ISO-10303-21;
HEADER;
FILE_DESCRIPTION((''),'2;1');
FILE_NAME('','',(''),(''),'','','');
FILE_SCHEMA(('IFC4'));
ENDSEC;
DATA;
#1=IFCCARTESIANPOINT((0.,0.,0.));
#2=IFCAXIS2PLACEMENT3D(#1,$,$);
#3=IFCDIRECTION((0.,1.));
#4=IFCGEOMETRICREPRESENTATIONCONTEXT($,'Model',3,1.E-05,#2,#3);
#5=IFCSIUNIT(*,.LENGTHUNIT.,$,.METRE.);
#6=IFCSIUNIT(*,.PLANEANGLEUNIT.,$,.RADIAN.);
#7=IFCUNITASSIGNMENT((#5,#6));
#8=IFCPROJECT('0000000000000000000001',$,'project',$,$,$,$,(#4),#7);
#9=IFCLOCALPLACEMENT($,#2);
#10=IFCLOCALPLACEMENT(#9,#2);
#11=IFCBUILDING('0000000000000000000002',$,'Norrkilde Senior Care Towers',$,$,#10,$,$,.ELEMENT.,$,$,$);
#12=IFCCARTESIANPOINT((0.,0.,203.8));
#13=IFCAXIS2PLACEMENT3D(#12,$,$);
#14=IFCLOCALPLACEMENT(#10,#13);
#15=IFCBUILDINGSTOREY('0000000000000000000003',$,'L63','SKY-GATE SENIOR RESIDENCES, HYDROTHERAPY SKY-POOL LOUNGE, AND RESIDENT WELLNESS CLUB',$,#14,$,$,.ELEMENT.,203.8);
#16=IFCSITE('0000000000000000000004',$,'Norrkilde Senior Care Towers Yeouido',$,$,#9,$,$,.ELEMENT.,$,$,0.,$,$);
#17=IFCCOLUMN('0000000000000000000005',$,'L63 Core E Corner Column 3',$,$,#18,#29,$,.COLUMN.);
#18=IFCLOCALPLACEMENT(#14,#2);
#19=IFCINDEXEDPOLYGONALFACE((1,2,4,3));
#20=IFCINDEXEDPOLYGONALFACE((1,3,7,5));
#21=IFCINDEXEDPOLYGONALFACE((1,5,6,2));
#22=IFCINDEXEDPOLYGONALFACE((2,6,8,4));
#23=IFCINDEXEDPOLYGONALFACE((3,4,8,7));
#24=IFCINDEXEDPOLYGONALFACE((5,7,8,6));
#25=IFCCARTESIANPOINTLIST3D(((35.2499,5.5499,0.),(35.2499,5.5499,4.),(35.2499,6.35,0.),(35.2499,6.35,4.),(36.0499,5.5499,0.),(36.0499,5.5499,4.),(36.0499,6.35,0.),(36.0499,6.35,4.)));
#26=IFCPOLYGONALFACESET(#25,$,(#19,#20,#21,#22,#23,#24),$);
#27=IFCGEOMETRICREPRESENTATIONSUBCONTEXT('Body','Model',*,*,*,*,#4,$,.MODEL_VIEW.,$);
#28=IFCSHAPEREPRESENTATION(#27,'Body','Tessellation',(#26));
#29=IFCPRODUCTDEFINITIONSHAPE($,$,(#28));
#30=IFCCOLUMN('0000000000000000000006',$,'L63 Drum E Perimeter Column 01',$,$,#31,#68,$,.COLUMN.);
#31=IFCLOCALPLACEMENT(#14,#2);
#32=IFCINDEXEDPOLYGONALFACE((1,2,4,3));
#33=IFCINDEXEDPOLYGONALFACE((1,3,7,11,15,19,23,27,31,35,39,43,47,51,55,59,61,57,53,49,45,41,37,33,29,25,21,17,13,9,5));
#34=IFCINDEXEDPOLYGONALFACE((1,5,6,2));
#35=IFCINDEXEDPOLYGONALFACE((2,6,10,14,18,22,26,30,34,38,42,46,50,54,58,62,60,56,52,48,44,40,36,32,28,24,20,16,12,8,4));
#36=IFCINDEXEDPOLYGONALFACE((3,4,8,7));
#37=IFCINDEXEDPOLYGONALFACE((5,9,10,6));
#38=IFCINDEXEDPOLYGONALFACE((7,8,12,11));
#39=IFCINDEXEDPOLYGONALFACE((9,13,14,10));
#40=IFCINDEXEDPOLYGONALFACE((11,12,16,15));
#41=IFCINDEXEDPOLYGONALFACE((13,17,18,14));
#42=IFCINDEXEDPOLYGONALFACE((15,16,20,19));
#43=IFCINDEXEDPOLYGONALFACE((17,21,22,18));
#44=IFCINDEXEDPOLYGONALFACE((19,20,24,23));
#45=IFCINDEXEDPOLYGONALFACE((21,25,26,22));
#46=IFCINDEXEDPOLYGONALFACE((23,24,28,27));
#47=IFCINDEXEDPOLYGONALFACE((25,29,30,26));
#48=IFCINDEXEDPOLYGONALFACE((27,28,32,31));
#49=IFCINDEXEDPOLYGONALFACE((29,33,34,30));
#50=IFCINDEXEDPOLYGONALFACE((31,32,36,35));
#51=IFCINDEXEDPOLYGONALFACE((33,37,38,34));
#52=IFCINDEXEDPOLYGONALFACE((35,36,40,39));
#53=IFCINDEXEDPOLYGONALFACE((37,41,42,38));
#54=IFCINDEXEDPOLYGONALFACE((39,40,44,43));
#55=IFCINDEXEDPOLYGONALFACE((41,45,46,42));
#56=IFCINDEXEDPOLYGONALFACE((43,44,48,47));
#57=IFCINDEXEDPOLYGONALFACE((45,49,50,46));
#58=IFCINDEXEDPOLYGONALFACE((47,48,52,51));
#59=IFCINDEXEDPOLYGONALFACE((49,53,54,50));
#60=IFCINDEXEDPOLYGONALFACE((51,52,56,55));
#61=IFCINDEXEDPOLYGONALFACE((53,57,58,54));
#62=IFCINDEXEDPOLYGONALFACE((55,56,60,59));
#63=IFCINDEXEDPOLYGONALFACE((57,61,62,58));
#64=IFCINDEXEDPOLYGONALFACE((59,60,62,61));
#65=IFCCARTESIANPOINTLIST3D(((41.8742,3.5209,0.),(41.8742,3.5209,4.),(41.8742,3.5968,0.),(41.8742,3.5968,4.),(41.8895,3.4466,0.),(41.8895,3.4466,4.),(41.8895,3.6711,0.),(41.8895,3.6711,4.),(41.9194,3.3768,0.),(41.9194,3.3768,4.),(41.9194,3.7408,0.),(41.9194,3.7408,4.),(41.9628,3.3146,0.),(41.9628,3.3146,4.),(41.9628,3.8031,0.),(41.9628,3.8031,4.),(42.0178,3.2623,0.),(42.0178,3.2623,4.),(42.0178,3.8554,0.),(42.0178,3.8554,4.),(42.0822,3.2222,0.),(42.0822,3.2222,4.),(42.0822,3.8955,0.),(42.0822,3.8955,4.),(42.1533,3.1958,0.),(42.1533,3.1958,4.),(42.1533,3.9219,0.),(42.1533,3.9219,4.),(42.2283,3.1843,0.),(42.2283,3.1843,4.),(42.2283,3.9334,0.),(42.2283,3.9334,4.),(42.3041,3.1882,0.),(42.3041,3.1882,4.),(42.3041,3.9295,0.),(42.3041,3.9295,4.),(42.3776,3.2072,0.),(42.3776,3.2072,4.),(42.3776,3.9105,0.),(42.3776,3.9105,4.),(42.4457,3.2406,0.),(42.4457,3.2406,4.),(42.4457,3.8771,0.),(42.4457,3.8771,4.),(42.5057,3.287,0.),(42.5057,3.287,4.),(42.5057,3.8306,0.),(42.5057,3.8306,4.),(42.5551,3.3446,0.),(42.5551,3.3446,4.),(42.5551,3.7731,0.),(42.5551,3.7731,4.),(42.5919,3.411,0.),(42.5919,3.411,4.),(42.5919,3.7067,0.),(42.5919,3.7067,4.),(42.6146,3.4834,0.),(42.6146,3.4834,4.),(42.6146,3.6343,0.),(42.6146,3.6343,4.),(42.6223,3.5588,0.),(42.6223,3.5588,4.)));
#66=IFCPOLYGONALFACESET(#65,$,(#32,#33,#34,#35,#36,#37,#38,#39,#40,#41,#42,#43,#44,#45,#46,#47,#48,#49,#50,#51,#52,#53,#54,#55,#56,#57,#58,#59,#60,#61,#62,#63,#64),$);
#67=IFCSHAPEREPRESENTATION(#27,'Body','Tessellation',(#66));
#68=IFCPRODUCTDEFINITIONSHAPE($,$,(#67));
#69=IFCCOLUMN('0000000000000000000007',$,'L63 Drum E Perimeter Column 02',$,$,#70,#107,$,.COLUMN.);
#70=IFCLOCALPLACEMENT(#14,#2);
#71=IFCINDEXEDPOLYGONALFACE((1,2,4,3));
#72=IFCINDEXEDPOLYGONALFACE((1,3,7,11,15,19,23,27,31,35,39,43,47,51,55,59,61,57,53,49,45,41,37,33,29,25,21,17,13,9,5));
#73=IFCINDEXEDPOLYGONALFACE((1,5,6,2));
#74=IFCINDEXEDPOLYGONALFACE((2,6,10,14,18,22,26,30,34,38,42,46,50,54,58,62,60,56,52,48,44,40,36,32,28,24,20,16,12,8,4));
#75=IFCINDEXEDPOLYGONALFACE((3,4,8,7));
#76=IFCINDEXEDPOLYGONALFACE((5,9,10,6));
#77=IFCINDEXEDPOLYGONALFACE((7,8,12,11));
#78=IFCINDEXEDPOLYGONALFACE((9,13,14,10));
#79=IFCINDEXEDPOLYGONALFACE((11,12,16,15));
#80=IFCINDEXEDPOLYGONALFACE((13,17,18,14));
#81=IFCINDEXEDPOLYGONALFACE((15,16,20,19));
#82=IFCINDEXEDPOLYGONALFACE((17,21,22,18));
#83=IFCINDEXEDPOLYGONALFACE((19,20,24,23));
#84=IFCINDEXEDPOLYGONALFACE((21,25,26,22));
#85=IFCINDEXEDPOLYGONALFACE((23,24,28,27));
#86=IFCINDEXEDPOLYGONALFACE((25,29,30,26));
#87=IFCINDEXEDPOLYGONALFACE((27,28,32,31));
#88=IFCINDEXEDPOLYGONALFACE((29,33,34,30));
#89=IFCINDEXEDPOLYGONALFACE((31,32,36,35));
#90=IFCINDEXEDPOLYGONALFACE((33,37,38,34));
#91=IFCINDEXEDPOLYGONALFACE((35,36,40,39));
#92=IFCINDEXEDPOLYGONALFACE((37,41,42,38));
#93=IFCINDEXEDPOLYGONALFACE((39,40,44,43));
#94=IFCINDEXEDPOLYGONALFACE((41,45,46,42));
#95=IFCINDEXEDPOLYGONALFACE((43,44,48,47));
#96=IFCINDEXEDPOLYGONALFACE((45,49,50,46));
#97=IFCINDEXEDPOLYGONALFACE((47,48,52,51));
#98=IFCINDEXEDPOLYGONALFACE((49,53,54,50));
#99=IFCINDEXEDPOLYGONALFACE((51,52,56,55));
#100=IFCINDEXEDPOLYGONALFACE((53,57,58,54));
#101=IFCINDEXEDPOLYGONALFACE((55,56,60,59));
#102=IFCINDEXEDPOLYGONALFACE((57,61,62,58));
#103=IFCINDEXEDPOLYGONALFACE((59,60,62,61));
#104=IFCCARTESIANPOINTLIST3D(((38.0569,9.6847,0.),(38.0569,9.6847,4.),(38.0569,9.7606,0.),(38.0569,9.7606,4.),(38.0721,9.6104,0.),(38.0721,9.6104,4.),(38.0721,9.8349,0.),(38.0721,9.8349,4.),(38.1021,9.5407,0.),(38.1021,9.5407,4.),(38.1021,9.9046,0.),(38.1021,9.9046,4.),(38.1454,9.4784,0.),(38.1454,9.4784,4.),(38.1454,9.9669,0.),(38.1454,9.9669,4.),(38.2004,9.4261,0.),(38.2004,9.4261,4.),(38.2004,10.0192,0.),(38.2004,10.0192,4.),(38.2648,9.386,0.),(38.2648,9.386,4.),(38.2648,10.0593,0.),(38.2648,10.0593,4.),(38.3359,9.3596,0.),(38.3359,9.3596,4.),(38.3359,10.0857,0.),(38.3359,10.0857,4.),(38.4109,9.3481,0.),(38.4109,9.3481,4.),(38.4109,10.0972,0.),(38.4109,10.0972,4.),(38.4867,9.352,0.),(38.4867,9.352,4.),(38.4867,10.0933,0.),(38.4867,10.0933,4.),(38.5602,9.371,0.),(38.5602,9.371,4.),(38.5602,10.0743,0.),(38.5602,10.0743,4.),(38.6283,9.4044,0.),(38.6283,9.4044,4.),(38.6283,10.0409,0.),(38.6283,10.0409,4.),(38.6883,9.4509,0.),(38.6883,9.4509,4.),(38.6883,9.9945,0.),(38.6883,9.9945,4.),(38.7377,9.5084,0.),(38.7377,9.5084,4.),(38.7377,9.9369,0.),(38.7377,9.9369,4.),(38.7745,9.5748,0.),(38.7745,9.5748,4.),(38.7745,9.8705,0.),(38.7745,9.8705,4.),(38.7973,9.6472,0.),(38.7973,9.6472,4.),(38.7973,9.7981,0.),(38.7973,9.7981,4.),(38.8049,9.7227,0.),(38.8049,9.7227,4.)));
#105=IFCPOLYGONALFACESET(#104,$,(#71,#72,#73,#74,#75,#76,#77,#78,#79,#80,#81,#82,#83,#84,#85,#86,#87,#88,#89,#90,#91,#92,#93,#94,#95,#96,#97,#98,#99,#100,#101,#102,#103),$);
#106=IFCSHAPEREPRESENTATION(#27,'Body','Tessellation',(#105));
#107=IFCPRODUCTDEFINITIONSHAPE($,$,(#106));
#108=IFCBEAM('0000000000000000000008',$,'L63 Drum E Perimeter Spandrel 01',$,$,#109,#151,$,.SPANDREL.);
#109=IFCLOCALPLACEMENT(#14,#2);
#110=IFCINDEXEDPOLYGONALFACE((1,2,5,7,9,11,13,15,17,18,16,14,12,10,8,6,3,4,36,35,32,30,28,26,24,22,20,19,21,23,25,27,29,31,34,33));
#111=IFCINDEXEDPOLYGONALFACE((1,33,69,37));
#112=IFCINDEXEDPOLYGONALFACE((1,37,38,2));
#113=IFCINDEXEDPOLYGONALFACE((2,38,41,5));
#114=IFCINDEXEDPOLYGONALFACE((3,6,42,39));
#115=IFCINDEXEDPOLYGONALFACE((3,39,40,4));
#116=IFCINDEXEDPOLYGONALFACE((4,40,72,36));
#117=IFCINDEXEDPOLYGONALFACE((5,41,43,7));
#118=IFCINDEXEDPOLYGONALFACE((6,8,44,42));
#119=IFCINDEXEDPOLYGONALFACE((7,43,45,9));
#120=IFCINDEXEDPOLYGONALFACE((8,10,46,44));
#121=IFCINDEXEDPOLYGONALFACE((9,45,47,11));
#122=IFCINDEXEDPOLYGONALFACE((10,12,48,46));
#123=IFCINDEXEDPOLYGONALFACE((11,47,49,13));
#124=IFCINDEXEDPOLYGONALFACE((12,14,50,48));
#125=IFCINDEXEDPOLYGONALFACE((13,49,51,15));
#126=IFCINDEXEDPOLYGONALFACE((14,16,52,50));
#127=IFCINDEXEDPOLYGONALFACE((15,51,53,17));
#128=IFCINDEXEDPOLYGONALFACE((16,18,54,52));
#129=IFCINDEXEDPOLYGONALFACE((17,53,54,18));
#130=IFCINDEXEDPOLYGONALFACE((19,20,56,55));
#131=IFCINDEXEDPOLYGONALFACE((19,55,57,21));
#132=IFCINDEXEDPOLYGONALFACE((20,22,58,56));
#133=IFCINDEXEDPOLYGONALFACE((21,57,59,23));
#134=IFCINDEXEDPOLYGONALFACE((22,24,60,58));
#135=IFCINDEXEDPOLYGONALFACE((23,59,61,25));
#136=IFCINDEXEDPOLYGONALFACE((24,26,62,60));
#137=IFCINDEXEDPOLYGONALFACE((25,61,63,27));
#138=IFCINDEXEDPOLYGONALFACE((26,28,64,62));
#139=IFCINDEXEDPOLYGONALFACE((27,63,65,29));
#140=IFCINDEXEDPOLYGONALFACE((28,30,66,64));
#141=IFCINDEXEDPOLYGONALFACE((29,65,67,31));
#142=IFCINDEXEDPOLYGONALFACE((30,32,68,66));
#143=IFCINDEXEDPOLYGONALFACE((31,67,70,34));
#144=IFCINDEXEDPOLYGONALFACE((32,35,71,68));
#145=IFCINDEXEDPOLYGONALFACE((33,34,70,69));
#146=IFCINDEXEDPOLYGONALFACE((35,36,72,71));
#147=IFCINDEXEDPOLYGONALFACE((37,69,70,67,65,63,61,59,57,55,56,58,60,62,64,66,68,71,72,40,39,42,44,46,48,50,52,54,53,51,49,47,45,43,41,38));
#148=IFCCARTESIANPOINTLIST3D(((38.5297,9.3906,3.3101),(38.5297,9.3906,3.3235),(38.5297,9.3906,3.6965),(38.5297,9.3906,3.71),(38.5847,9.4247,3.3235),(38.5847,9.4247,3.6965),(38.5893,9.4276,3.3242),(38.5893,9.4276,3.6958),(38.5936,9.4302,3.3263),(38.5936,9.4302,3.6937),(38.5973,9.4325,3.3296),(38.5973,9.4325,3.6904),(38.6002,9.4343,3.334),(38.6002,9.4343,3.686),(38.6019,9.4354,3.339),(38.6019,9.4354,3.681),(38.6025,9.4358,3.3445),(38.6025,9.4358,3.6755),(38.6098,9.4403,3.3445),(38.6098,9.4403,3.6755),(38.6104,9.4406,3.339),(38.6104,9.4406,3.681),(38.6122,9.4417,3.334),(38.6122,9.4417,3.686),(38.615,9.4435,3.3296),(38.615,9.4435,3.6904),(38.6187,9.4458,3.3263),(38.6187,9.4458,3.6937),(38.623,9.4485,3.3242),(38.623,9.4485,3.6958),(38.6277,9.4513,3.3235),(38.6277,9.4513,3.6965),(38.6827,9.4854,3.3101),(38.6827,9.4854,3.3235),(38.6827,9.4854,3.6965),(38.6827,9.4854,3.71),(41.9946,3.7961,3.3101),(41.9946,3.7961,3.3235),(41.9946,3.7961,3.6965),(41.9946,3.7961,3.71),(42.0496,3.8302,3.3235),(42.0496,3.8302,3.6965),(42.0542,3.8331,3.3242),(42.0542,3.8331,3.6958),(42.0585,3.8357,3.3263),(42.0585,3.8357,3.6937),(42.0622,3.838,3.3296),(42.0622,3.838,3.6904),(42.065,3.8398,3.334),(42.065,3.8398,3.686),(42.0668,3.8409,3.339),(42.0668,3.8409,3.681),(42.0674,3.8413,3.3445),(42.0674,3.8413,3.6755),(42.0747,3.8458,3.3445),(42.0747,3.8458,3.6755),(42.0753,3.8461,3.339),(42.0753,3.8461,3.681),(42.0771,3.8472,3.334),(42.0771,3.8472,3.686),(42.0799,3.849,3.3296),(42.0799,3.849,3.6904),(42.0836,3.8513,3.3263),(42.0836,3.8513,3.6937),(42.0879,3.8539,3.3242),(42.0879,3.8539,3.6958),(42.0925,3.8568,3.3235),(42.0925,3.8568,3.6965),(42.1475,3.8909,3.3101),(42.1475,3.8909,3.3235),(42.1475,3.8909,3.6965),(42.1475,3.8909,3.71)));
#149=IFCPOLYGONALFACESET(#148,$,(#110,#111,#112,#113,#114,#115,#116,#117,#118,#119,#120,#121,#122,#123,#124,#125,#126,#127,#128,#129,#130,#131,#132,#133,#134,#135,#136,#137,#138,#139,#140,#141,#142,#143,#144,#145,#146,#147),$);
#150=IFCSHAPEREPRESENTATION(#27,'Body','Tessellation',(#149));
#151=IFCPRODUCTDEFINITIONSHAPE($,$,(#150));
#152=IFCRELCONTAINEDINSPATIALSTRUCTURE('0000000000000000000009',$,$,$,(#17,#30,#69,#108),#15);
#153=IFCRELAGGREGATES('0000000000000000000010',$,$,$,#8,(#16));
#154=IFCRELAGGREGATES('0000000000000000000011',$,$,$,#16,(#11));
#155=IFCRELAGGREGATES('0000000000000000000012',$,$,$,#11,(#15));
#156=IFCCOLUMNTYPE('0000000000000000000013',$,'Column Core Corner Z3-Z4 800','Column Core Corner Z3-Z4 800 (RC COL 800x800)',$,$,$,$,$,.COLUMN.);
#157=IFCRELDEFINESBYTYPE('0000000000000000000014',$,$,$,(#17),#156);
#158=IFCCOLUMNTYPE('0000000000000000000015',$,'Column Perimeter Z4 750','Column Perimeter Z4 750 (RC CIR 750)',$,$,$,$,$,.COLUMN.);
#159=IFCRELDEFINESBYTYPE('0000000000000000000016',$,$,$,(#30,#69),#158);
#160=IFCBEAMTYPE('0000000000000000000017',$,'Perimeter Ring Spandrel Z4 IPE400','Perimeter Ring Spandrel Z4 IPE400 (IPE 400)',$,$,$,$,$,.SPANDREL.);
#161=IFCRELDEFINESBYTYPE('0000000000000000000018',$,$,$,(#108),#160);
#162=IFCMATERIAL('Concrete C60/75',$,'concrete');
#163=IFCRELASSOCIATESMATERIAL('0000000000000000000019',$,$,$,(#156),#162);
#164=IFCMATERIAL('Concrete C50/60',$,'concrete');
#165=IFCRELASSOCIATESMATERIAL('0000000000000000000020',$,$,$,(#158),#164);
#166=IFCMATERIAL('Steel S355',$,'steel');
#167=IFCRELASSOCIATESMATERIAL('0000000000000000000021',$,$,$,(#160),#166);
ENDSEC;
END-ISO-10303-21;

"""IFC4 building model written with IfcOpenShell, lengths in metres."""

from ifc_helpers import new_model, si_unit, direction, frame, origin, origin_2d, place, context, subcontext, project, spatial, rectangle, circle, i_section, extrude, source, transform, mapped, material, material_profile, profile_set, type_object, type_shapes, element, save


model = new_model("IFC4")

# Units and contexts
model_context = context("Model", 3, precision=1e-05, world=origin(), true_north=direction((0.0, 1.0)))
body_context = subcontext(model_context, "Body", "Model", "MODEL_VIEW")
ifc_project = project(units=[si_unit("LENGTHUNIT", "METRE"), si_unit("PLANEANGLEUNIT", "RADIAN")], contexts=[model_context])

# Site, building, storey
site_placement = place(None, origin())
site = spatial("IfcSite", under=ifc_project, at=site_placement, Name="Norrkilde Senior Care Towers Yeouido", CompositionType="ELEMENT", RefElevation=0.0)
building_placement = place(site_placement, origin())
building = spatial("IfcBuilding", under=site, at=building_placement, Name="Norrkilde Senior Care Towers", CompositionType="ELEMENT")
storey_placement = place(building_placement, frame((0.0, 0.0, 203.8)))
storey = spatial("IfcBuildingStorey", under=building, at=storey_placement, Name="L63", Description="SKY-GATE SENIOR RESIDENCES, HYDROTHERAPY SKY-POOL LOUNGE, AND RESIDENT WELLNESS CLUB", CompositionType="ELEMENT", Elevation=203.8)

# Columns
ifc_material_1 = material(Name="Concrete C60/75", Category="concrete")
ifc_material_profile_1 = material_profile(ifc_material_1, rectangle(XDim=0.8, YDim=0.8, at=origin_2d()), Name="RC COL 800x800")
ifc_profile_set_1 = profile_set([ifc_material_profile_1], Name="Concrete C60/75")
column_type_1 = type_object("IfcColumnType", Name="Column Core Corner Z3-Z4 800", Description="Column Core Corner Z3-Z4 800 (RC COL 800x800)", PredefinedType="COLUMN", material=ifc_profile_set_1)
shared_shape_1 = source(origin(), body_context, "Body", "SweptSolid", [
    extrude(rectangle(XDim=0.8, YDim=0.8, at=origin_2d()), origin(), (0.0, 0.0, 1.0), 4.0),
])
type_shapes(column_type_1, [shared_shape_1])
column_placement = place(storey_placement, frame((35.6499, 5.95, 0.0), z_axis=(0.0, 0.0, 1.0), x_axis=(1.0, 0.0, 0.0)))
element("IfcColumn", 1, at=column_placement, inside=storey, type_object=column_type_1, Name="L63 Core E Corner Column 3", PredefinedType="COLUMN", context=body_context, shape_type="MappedRepresentation", body=[
    mapped(shared_shape_1, transform((0.0, 0.0, 0.0), x_axis=(1.0, 0.0, 0.0), y_axis=(0.0, 1.0, 0.0), z_axis=(0.0, 0.0, 1.0), scale=1.0)),
])
ifc_material_2 = material(Name="Concrete C50/60", Category="concrete")
ifc_material_profile_2 = material_profile(ifc_material_2, circle(Radius=0.375, at=origin_2d()), Name="RC CIR 750")
ifc_profile_set_2 = profile_set([ifc_material_profile_2], Name="Concrete C50/60")
column_type_2 = type_object("IfcColumnType", Name="Column Perimeter Z4 750", Description="Column Perimeter Z4 750 (RC CIR 750)", PredefinedType="COLUMN", material=ifc_profile_set_2)
shared_shape_2 = source(origin(), body_context, "Body", "SweptSolid", [
    extrude(circle(Radius=0.375, at=origin_2d()), origin(), (0.0, 0.0, 1.0), 4.0),
])
type_shapes(column_type_2, [shared_shape_2])
for number, where, z_axis, x_axis, name in (
    (2, (42.2473, 3.5588, 0.0), (0.0, 0.0, 1.0), (1.0, 0.0, 0.0), "L63 Drum E Perimeter Column 01"),
    (3, (38.4299, 9.7227, 0.0), (0.0, 0.0, 1.0), (1.0, 0.0, 0.0), "L63 Drum E Perimeter Column 02"),
):
    element("IfcColumn", number, at=place(storey_placement, frame(where, z_axis=z_axis, x_axis=x_axis)), inside=storey, type_object=column_type_2, Name=name, PredefinedType="COLUMN", context=body_context, shape_type="MappedRepresentation", body=[
        mapped(shared_shape_2, transform((0.0, 0.0, 0.0), x_axis=(1.0, 0.0, 0.0), y_axis=(0.0, 1.0, 0.0), z_axis=(0.0, 0.0, 1.0), scale=1.0)),
    ])

# Beam
ifc_material_3 = material(Name="Steel S355", Category="steel")
ifc_material_profile_3 = material_profile(ifc_material_3, i_section(OverallWidth=0.1799, OverallDepth=0.3999, WebThickness=0.0085, FlangeThickness=0.0134, FilletRadius=0.021, at=origin_2d()), Name="IPE 400")
ifc_profile_set_3 = profile_set([ifc_material_profile_3], Name="Steel S355")
beam_type_1 = type_object("IfcBeamType", Name="Perimeter Ring Spandrel Z4 IPE400", Description="Perimeter Ring Spandrel Z4 IPE400 (IPE 400)", PredefinedType="SPANDREL", material=ifc_profile_set_3)
shared_shape_3 = source(origin(), body_context, "Body", "SweptSolid", [
    extrude(i_section(OverallWidth=0.1799, OverallDepth=0.3999, WebThickness=0.0085, FlangeThickness=0.0134, FilletRadius=0.021, at=origin_2d()), origin(), (0.0, 0.0, 1.0), 6.5806),
])
beam_1_placement = place(storey_placement, frame((42.071, 3.8435, 3.51), z_axis=(-0.52653, 0.850157, 0.0), x_axis=(-0.850157, -0.52653, 0.0)))
element("IfcBeam", 4, at=beam_1_placement, inside=storey, type_object=beam_type_1, Name="L63 Drum E Perimeter Spandrel 01", PredefinedType="SPANDREL", context=body_context, shape_type="MappedRepresentation", body=[
    mapped(shared_shape_3, transform((0.0, 0.0, 0.0), x_axis=(1.0, 0.0, 0.0), y_axis=(0.0, 1.0, 0.0), z_axis=(0.0, 0.0, 1.0), scale=1.0)),
])

save(model, "model.ifc")
